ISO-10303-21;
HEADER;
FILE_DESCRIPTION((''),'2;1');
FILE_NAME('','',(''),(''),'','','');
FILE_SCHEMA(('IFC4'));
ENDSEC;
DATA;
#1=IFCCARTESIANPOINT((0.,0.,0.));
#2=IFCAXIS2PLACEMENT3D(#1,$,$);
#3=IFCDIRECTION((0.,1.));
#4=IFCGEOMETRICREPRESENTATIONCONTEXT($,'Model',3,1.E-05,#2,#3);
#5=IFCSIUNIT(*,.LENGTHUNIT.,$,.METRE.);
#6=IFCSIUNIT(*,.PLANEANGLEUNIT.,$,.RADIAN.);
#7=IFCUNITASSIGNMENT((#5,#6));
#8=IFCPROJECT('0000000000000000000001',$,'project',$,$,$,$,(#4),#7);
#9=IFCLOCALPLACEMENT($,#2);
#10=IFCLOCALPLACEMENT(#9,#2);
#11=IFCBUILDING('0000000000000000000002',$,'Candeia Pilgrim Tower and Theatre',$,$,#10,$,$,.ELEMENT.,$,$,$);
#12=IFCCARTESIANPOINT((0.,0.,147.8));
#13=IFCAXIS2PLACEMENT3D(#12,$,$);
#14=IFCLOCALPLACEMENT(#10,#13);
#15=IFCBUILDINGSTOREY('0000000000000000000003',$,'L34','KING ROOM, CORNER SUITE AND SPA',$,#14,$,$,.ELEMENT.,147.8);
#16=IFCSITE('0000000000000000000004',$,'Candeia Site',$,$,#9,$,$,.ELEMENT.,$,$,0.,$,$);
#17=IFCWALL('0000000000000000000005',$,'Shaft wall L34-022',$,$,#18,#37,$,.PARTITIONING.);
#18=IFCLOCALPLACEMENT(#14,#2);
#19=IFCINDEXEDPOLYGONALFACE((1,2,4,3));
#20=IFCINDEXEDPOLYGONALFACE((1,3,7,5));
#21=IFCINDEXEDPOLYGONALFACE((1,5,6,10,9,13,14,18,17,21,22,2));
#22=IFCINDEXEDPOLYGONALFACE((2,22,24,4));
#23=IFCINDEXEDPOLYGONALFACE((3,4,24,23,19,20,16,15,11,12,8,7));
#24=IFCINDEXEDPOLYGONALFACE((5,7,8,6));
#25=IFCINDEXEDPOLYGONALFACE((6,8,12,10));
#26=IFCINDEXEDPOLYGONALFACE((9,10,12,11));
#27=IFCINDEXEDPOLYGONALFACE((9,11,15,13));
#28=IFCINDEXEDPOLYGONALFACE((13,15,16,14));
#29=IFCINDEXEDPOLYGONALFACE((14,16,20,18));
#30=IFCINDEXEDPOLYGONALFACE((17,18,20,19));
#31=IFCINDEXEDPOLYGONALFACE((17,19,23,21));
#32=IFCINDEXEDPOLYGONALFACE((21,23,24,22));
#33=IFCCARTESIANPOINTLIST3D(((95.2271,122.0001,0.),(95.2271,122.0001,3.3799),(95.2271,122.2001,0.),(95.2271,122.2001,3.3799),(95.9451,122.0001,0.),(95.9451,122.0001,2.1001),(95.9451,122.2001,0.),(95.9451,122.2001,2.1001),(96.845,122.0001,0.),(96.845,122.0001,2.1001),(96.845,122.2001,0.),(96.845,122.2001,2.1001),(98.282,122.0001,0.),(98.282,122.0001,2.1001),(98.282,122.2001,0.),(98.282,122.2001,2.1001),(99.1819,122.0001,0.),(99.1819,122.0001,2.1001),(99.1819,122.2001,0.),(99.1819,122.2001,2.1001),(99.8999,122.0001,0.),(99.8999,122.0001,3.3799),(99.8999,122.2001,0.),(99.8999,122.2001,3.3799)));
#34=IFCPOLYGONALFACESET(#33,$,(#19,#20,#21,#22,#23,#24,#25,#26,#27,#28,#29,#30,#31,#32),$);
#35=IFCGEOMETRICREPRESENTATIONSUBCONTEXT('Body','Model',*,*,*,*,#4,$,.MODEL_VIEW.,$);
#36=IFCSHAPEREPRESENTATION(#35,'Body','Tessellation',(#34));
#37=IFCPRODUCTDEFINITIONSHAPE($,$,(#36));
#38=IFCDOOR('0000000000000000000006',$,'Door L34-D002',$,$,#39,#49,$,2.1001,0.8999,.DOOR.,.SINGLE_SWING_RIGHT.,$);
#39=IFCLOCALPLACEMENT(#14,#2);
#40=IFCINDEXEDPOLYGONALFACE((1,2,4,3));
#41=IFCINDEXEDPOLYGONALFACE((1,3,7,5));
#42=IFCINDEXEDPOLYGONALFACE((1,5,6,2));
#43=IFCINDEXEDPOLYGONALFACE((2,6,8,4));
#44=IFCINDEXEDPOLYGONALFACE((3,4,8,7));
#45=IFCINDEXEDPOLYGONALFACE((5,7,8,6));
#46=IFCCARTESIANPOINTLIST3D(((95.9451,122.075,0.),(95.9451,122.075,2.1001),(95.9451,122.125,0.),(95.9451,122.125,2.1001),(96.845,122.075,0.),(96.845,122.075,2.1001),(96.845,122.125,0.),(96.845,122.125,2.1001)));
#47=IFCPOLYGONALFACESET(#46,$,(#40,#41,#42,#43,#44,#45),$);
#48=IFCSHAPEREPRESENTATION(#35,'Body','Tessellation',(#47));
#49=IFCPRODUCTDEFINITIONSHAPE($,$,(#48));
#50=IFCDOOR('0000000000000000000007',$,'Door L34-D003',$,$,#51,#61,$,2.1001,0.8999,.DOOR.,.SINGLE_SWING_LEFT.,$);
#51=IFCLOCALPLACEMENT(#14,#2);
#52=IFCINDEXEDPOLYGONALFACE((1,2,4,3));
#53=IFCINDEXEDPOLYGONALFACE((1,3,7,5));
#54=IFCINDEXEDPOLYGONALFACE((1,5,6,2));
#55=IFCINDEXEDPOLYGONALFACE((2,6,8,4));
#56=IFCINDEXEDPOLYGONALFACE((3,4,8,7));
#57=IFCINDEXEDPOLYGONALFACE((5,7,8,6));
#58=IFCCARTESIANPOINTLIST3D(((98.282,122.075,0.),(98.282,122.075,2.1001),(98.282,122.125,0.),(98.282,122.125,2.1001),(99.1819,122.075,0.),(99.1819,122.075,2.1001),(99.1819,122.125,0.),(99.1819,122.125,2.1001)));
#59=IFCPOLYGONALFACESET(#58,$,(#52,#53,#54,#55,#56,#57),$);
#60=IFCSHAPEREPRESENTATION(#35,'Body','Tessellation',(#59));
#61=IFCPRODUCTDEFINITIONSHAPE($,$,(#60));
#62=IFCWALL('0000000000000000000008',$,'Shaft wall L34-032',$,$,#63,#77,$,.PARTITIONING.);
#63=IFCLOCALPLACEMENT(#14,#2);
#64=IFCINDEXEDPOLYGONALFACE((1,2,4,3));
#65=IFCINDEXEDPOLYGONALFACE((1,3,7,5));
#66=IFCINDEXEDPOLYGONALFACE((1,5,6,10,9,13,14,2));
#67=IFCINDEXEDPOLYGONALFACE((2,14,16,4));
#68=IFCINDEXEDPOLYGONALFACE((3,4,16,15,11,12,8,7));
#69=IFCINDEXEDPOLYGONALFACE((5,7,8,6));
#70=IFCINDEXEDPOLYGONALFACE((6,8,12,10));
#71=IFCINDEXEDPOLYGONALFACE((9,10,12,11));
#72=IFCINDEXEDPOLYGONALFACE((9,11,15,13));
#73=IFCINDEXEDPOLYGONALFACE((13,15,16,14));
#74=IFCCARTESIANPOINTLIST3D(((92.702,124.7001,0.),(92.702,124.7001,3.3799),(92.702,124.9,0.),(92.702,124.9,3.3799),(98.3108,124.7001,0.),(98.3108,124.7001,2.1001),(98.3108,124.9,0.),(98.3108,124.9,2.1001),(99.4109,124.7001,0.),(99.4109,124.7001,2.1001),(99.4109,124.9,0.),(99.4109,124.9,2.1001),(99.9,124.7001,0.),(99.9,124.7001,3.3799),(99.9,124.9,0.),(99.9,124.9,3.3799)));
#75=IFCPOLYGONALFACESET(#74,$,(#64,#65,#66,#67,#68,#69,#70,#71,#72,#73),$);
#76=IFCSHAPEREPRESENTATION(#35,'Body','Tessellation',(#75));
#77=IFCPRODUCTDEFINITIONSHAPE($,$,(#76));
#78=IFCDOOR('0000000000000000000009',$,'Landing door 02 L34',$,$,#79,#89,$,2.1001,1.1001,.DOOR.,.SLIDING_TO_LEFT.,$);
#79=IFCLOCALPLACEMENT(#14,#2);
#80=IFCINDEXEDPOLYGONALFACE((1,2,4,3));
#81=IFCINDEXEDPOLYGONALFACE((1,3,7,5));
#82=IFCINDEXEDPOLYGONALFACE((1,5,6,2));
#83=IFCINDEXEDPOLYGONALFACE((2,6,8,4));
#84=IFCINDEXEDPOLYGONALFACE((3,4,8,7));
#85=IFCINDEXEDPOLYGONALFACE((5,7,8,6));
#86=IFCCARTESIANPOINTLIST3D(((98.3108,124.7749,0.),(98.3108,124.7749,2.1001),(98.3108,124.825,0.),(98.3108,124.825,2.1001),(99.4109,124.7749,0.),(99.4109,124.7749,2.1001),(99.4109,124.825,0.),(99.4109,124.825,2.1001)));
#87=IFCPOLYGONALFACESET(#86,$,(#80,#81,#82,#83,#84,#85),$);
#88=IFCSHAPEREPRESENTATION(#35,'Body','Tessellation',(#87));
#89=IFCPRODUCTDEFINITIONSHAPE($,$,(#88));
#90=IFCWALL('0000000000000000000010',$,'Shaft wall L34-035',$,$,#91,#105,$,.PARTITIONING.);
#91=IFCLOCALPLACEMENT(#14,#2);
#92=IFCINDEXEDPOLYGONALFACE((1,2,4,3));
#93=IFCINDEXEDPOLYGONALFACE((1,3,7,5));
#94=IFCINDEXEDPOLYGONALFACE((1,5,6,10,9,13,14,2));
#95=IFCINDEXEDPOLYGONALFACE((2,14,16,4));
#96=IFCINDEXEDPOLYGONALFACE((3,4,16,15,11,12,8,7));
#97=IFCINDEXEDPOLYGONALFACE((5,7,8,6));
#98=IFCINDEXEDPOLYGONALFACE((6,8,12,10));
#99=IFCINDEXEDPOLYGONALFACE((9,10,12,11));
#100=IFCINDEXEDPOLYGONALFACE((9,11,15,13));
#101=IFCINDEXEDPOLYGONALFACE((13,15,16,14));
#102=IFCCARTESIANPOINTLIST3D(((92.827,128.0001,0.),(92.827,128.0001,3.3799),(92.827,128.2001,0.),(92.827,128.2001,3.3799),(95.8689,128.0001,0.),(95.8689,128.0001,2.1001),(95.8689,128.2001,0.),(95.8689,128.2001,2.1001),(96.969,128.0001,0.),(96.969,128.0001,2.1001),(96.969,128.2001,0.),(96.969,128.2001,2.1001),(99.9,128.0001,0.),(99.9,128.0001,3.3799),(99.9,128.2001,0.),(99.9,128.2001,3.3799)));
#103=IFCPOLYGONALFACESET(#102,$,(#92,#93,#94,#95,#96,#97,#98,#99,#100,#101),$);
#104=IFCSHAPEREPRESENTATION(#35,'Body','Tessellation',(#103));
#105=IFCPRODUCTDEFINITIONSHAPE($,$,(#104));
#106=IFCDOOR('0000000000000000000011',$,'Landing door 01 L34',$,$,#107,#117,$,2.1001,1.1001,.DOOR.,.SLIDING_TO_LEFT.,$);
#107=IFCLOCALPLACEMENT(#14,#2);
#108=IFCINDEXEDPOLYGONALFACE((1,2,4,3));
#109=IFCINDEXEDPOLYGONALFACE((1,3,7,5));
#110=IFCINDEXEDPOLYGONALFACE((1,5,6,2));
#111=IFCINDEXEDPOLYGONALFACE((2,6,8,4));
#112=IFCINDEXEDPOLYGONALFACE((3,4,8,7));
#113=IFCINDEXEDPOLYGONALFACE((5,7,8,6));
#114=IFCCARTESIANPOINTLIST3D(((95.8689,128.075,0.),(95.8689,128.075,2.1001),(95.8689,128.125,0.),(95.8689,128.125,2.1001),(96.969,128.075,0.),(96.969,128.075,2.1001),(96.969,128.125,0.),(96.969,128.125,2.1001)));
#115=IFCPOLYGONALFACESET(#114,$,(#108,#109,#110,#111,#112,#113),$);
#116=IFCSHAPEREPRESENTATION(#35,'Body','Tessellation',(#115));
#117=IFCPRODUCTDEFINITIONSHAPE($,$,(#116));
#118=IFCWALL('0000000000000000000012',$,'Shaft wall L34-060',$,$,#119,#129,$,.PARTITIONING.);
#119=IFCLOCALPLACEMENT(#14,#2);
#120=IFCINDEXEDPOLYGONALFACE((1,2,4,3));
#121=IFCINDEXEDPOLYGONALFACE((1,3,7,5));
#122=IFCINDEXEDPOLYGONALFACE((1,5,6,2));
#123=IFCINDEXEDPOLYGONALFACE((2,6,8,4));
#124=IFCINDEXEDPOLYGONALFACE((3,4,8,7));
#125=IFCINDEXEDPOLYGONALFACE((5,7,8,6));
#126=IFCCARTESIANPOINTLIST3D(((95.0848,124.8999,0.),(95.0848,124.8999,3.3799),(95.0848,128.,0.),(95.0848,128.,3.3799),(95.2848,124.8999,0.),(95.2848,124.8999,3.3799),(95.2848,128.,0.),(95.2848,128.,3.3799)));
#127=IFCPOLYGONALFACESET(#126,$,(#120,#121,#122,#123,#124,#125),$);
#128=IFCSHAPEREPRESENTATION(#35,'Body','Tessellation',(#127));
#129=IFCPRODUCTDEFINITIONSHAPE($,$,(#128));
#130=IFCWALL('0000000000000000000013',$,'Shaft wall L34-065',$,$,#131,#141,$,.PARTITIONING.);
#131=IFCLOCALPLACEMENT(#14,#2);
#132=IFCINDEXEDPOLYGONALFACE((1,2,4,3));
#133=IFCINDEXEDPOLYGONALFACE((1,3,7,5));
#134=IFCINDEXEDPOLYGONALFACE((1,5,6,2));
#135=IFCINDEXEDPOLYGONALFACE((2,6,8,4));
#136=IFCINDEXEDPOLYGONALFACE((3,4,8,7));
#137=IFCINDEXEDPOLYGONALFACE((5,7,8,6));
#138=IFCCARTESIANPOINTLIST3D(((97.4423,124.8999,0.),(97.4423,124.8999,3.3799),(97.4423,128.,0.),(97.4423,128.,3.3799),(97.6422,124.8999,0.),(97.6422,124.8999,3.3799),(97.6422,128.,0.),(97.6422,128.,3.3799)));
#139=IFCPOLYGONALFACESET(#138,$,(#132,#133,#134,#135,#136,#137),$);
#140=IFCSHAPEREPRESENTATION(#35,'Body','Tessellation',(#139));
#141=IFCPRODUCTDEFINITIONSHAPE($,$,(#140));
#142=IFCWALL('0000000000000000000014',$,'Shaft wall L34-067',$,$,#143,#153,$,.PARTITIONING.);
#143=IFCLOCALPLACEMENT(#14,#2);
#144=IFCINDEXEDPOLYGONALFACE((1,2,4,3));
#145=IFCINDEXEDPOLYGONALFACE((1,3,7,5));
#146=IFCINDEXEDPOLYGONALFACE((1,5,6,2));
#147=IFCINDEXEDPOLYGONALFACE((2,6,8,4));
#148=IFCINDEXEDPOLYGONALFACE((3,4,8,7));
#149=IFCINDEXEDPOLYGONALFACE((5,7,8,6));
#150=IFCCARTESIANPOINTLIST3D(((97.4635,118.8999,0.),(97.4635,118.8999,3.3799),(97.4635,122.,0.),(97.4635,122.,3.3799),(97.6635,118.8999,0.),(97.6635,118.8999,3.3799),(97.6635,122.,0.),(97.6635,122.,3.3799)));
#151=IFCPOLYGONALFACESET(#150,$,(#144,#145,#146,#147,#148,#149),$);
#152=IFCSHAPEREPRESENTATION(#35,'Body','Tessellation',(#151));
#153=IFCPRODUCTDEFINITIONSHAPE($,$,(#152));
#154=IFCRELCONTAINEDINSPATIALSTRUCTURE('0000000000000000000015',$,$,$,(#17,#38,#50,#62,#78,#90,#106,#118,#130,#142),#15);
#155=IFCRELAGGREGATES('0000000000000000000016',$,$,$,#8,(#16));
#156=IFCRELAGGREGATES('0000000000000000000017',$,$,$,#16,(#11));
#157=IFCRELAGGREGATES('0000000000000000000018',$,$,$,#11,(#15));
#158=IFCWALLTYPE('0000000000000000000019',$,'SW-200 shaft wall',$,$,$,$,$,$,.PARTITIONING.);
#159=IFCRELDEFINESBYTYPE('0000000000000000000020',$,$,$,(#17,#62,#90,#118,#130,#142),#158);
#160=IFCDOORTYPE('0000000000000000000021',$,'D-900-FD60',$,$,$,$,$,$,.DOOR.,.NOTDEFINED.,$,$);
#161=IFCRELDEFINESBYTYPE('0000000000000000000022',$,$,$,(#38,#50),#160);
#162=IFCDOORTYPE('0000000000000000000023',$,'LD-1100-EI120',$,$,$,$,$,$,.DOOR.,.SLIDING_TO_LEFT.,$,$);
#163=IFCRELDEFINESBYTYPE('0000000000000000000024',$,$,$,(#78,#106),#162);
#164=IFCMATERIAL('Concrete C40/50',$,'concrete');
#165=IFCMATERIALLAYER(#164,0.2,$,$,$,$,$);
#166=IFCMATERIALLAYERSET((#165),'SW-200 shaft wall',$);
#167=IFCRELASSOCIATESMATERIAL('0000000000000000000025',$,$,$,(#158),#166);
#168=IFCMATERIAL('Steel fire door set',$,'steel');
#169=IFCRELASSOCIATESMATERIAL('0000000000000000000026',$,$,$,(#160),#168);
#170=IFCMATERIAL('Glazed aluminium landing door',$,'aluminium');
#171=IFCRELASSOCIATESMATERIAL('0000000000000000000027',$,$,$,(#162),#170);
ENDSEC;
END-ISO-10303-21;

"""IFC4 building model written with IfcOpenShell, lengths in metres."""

from ifc_helpers import new_model, si_unit, direction, frame, frame_2d, origin, place, context, subcontext, project, spatial, rectangle, extrude, material, layer, layer_set, type_object, element, fill, save


model = new_model("IFC4")

# Units and contexts
model_context = context("Model", 3, precision=1e-05, world=origin(), true_north=direction((0.0, 1.0)))
body_context = subcontext(model_context, "Body", "Model", "MODEL_VIEW")
ifc_project = project(units=[si_unit("LENGTHUNIT", "METRE"), si_unit("PLANEANGLEUNIT", "RADIAN")], contexts=[model_context])

# Site, building, storey
site_placement = place(None, origin())
site = spatial("IfcSite", under=ifc_project, at=site_placement, Name="Candeia Site", CompositionType="ELEMENT", RefElevation=0.0)
building_placement = place(site_placement, origin())
building = spatial("IfcBuilding", under=site, at=building_placement, Name="Candeia Pilgrim Tower and Theatre", CompositionType="ELEMENT")
storey_placement = place(building_placement, frame((0.0, 0.0, 147.8)))
storey = spatial("IfcBuildingStorey", under=building, at=storey_placement, Name="L34", Description="KING ROOM, CORNER SUITE AND SPA", CompositionType="ELEMENT", Elevation=147.8)

# Shared definitions
ifc_material_1 = material(Name="Steel fire door set", Category="steel")

# Shared definitions
ifc_material_2 = material(Name="Concrete C40/50", Category="concrete")
ifc_layer_1 = layer(ifc_material_2, 0.2)
ifc_layer_set_1 = layer_set([ifc_layer_1], Name="SW-200 shaft wall")
wall_type_1 = type_object("IfcWallType", Name="SW-200 shaft wall", PredefinedType="PARTITIONING", material=ifc_layer_set_1)

# Wall, openings, doors
wall_1_placement = place(storey_placement, frame((95.2271, 122.1001, 0.0), z_axis=(0.0, 0.0, 1.0), x_axis=(1.0, 0.0, 0.0)))
wall_1 = element("IfcWall", 1, at=wall_1_placement, inside=storey, type_object=wall_type_1, Name="Shaft wall L34-022", PredefinedType="PARTITIONING", context=body_context, shape_type="SweptSolid", body=[
    extrude(rectangle(XDim=4.6729, YDim=0.2, at=frame_2d((2.3364, 0.0))), origin(), (0.0, 0.0, 1.0), 3.3799),
])
opening_1_placement = place(wall_1_placement, frame((0.718, 0.0, 0.0)))
opening_1 = element("IfcOpeningElement", 2, at=opening_1_placement, cuts=wall_1, PredefinedType="OPENING", context=body_context, shape_type="SweptSolid", body=[
    extrude(rectangle(XDim=0.8999, YDim=2.1001, at=frame_2d((0.45, 1.05))), frame((0.0, 0.1099, 0.0), z_axis=(0.0, -1.0, 0.0), x_axis=(1.0, 0.0, 0.0)), (0.0, 0.0, 1.0), 0.22),
])
opening_2_placement = place(wall_1_placement, frame((3.0549, 0.0, 0.0)))
opening_2 = element("IfcOpeningElement", 3, at=opening_2_placement, cuts=wall_1, PredefinedType="OPENING", context=body_context, shape_type="SweptSolid", body=[
    extrude(rectangle(XDim=0.8999, YDim=2.1001, at=frame_2d((0.45, 1.05))), frame((0.0, 0.1099, 0.0), z_axis=(0.0, -1.0, 0.0), x_axis=(1.0, 0.0, 0.0)), (0.0, 0.0, 1.0), 0.22),
])
door_type_1 = type_object("IfcDoorType", Name="D-900-FD60", OperationType="NOTDEFINED", PredefinedType="DOOR", material=ifc_material_1)
door_1_placement = place(opening_1_placement, origin())
door_1 = element("IfcDoor", 4, at=door_1_placement, inside=storey, type_object=door_type_1, Name="Door L34-D002", OperationType="SINGLE_SWING_RIGHT", OverallHeight=2.1001, OverallWidth=0.8999, PredefinedType="DOOR", context=body_context, shape_type="SweptSolid", body=[
    extrude(rectangle(XDim=0.8999, YDim=2.1001, at=frame_2d((0.45, 1.05))), frame((0.0, 0.0249, 0.0), z_axis=(0.0, -1.0, 0.0), x_axis=(1.0, 0.0, 0.0)), (0.0, 0.0, 1.0), 0.05),
])
fill(opening_1, door_1)
door_2_placement = place(opening_2_placement, origin())
door_2 = element("IfcDoor", 5, at=door_2_placement, inside=storey, type_object=door_type_1, Name="Door L34-D003", OperationType="SINGLE_SWING_LEFT", OverallHeight=2.1001, OverallWidth=0.8999, PredefinedType="DOOR", context=body_context, shape_type="SweptSolid", body=[
    extrude(rectangle(XDim=0.8999, YDim=2.1001, at=frame_2d((0.45, 1.05))), frame((0.0, 0.0249, 0.0), z_axis=(0.0, -1.0, 0.0), x_axis=(1.0, 0.0, 0.0)), (0.0, 0.0, 1.0), 0.05),
])
fill(opening_2, door_2)

# Walls, openings, doors
wall_2_placement = place(storey_placement, frame((92.7019, 124.8, 0.0), z_axis=(0.0, 0.0, 1.0), x_axis=(1.0, 0.0, 0.0)))
wall_2 = element("IfcWall", 6, at=wall_2_placement, inside=storey, type_object=wall_type_1, Name="Shaft wall L34-032", PredefinedType="PARTITIONING", context=body_context, shape_type="SweptSolid", body=[
    extrude(rectangle(XDim=7.198, YDim=0.2, at=frame_2d((3.5991, 0.0))), origin(), (0.0, 0.0, 1.0), 3.3799),
])
opening_3_placement = place(wall_2_placement, frame((5.6089, 0.0, 0.0)))
opening_3 = element("IfcOpeningElement", 7, at=opening_3_placement, cuts=wall_2, PredefinedType="OPENING", context=body_context, shape_type="SweptSolid", body=[
    extrude(rectangle(XDim=1.1001, YDim=2.1001, at=frame_2d((0.55, 1.05))), frame((0.0, 0.1099, 0.0), z_axis=(0.0, -1.0, 0.0), x_axis=(1.0, 0.0, 0.0)), (0.0, 0.0, 1.0), 0.22),
])
ifc_material_3 = material(Name="Glazed aluminium landing door", Category="aluminium")
door_type_2 = type_object("IfcDoorType", Name="LD-1100-EI120", OperationType="SLIDING_TO_LEFT", PredefinedType="DOOR", material=ifc_material_3)
door_3_placement = place(opening_3_placement, origin())
door_3 = element("IfcDoor", 8, at=door_3_placement, inside=storey, type_object=door_type_2, Name="Landing door 02 L34", OperationType="SLIDING_TO_LEFT", OverallHeight=2.1001, OverallWidth=1.1001, PredefinedType="DOOR", context=body_context, shape_type="SweptSolid", body=[
    extrude(rectangle(XDim=1.1001, YDim=2.1001, at=frame_2d((0.55, 1.05))), frame((0.0, 0.0249, 0.0), z_axis=(0.0, -1.0, 0.0), x_axis=(1.0, 0.0, 0.0)), (0.0, 0.0, 1.0), 0.05),
])
fill(opening_3, door_3)
wall_3_placement = place(storey_placement, frame((92.8269, 128.1001, 0.0), z_axis=(0.0, 0.0, 1.0), x_axis=(1.0, 0.0, 0.0)))
wall_3 = element("IfcWall", 9, at=wall_3_placement, inside=storey, type_object=wall_type_1, Name="Shaft wall L34-035", PredefinedType="PARTITIONING", context=body_context, shape_type="SweptSolid", body=[
    extrude(rectangle(XDim=7.073, YDim=0.2, at=frame_2d((3.5366, 0.0))), origin(), (0.0, 0.0, 1.0), 3.3799),
])
opening_4_placement = place(wall_3_placement, frame((3.042, 0.0, 0.0)))
opening_4 = element("IfcOpeningElement", 10, at=opening_4_placement, cuts=wall_3, PredefinedType="OPENING", context=body_context, shape_type="SweptSolid", body=[
    extrude(rectangle(XDim=1.1001, YDim=2.1001, at=frame_2d((0.55, 1.05))), frame((0.0, 0.1099, 0.0), z_axis=(0.0, -1.0, 0.0), x_axis=(1.0, 0.0, 0.0)), (0.0, 0.0, 1.0), 0.22),
])
door_4_placement = place(opening_4_placement, origin())
door_4 = element("IfcDoor", 11, at=door_4_placement, inside=storey, type_object=door_type_2, Name="Landing door 01 L34", OperationType="SLIDING_TO_LEFT", OverallHeight=2.1001, OverallWidth=1.1001, PredefinedType="DOOR", context=body_context, shape_type="SweptSolid", body=[
    extrude(rectangle(XDim=1.1001, YDim=2.1001, at=frame_2d((0.55, 1.05))), frame((0.0, 0.0249, 0.0), z_axis=(0.0, -1.0, 0.0), x_axis=(1.0, 0.0, 0.0)), (0.0, 0.0, 1.0), 0.05),
])
fill(opening_4, door_4)

# Walls
for number, where, z_axis, x_axis, name in (
    (12, (95.1848, 124.8999, 0.0), (0.0, 0.0, 1.0), (0.0, 1.0, 0.0), "Shaft wall L34-060"),
    (13, (97.5422, 124.8999, 0.0), (0.0, 0.0, 1.0), (0.0, 1.0, 0.0), "Shaft wall L34-065"),
    (14, (97.5635, 118.8999, 0.0), (0.0, 0.0, 1.0), (0.0, 1.0, 0.0), "Shaft wall L34-067"),
):
    element("IfcWall", number, at=place(storey_placement, frame(where, z_axis=z_axis, x_axis=x_axis)), inside=storey, type_object=wall_type_1, Name=name, PredefinedType="PARTITIONING", context=body_context, shape_type="SweptSolid", body=[
        extrude(rectangle(XDim=3.1001, YDim=0.2, at=frame_2d((1.55, 0.0))), origin(), (0.0, 0.0, 1.0), 3.3799),
    ])

save(model, "model.ifc")
